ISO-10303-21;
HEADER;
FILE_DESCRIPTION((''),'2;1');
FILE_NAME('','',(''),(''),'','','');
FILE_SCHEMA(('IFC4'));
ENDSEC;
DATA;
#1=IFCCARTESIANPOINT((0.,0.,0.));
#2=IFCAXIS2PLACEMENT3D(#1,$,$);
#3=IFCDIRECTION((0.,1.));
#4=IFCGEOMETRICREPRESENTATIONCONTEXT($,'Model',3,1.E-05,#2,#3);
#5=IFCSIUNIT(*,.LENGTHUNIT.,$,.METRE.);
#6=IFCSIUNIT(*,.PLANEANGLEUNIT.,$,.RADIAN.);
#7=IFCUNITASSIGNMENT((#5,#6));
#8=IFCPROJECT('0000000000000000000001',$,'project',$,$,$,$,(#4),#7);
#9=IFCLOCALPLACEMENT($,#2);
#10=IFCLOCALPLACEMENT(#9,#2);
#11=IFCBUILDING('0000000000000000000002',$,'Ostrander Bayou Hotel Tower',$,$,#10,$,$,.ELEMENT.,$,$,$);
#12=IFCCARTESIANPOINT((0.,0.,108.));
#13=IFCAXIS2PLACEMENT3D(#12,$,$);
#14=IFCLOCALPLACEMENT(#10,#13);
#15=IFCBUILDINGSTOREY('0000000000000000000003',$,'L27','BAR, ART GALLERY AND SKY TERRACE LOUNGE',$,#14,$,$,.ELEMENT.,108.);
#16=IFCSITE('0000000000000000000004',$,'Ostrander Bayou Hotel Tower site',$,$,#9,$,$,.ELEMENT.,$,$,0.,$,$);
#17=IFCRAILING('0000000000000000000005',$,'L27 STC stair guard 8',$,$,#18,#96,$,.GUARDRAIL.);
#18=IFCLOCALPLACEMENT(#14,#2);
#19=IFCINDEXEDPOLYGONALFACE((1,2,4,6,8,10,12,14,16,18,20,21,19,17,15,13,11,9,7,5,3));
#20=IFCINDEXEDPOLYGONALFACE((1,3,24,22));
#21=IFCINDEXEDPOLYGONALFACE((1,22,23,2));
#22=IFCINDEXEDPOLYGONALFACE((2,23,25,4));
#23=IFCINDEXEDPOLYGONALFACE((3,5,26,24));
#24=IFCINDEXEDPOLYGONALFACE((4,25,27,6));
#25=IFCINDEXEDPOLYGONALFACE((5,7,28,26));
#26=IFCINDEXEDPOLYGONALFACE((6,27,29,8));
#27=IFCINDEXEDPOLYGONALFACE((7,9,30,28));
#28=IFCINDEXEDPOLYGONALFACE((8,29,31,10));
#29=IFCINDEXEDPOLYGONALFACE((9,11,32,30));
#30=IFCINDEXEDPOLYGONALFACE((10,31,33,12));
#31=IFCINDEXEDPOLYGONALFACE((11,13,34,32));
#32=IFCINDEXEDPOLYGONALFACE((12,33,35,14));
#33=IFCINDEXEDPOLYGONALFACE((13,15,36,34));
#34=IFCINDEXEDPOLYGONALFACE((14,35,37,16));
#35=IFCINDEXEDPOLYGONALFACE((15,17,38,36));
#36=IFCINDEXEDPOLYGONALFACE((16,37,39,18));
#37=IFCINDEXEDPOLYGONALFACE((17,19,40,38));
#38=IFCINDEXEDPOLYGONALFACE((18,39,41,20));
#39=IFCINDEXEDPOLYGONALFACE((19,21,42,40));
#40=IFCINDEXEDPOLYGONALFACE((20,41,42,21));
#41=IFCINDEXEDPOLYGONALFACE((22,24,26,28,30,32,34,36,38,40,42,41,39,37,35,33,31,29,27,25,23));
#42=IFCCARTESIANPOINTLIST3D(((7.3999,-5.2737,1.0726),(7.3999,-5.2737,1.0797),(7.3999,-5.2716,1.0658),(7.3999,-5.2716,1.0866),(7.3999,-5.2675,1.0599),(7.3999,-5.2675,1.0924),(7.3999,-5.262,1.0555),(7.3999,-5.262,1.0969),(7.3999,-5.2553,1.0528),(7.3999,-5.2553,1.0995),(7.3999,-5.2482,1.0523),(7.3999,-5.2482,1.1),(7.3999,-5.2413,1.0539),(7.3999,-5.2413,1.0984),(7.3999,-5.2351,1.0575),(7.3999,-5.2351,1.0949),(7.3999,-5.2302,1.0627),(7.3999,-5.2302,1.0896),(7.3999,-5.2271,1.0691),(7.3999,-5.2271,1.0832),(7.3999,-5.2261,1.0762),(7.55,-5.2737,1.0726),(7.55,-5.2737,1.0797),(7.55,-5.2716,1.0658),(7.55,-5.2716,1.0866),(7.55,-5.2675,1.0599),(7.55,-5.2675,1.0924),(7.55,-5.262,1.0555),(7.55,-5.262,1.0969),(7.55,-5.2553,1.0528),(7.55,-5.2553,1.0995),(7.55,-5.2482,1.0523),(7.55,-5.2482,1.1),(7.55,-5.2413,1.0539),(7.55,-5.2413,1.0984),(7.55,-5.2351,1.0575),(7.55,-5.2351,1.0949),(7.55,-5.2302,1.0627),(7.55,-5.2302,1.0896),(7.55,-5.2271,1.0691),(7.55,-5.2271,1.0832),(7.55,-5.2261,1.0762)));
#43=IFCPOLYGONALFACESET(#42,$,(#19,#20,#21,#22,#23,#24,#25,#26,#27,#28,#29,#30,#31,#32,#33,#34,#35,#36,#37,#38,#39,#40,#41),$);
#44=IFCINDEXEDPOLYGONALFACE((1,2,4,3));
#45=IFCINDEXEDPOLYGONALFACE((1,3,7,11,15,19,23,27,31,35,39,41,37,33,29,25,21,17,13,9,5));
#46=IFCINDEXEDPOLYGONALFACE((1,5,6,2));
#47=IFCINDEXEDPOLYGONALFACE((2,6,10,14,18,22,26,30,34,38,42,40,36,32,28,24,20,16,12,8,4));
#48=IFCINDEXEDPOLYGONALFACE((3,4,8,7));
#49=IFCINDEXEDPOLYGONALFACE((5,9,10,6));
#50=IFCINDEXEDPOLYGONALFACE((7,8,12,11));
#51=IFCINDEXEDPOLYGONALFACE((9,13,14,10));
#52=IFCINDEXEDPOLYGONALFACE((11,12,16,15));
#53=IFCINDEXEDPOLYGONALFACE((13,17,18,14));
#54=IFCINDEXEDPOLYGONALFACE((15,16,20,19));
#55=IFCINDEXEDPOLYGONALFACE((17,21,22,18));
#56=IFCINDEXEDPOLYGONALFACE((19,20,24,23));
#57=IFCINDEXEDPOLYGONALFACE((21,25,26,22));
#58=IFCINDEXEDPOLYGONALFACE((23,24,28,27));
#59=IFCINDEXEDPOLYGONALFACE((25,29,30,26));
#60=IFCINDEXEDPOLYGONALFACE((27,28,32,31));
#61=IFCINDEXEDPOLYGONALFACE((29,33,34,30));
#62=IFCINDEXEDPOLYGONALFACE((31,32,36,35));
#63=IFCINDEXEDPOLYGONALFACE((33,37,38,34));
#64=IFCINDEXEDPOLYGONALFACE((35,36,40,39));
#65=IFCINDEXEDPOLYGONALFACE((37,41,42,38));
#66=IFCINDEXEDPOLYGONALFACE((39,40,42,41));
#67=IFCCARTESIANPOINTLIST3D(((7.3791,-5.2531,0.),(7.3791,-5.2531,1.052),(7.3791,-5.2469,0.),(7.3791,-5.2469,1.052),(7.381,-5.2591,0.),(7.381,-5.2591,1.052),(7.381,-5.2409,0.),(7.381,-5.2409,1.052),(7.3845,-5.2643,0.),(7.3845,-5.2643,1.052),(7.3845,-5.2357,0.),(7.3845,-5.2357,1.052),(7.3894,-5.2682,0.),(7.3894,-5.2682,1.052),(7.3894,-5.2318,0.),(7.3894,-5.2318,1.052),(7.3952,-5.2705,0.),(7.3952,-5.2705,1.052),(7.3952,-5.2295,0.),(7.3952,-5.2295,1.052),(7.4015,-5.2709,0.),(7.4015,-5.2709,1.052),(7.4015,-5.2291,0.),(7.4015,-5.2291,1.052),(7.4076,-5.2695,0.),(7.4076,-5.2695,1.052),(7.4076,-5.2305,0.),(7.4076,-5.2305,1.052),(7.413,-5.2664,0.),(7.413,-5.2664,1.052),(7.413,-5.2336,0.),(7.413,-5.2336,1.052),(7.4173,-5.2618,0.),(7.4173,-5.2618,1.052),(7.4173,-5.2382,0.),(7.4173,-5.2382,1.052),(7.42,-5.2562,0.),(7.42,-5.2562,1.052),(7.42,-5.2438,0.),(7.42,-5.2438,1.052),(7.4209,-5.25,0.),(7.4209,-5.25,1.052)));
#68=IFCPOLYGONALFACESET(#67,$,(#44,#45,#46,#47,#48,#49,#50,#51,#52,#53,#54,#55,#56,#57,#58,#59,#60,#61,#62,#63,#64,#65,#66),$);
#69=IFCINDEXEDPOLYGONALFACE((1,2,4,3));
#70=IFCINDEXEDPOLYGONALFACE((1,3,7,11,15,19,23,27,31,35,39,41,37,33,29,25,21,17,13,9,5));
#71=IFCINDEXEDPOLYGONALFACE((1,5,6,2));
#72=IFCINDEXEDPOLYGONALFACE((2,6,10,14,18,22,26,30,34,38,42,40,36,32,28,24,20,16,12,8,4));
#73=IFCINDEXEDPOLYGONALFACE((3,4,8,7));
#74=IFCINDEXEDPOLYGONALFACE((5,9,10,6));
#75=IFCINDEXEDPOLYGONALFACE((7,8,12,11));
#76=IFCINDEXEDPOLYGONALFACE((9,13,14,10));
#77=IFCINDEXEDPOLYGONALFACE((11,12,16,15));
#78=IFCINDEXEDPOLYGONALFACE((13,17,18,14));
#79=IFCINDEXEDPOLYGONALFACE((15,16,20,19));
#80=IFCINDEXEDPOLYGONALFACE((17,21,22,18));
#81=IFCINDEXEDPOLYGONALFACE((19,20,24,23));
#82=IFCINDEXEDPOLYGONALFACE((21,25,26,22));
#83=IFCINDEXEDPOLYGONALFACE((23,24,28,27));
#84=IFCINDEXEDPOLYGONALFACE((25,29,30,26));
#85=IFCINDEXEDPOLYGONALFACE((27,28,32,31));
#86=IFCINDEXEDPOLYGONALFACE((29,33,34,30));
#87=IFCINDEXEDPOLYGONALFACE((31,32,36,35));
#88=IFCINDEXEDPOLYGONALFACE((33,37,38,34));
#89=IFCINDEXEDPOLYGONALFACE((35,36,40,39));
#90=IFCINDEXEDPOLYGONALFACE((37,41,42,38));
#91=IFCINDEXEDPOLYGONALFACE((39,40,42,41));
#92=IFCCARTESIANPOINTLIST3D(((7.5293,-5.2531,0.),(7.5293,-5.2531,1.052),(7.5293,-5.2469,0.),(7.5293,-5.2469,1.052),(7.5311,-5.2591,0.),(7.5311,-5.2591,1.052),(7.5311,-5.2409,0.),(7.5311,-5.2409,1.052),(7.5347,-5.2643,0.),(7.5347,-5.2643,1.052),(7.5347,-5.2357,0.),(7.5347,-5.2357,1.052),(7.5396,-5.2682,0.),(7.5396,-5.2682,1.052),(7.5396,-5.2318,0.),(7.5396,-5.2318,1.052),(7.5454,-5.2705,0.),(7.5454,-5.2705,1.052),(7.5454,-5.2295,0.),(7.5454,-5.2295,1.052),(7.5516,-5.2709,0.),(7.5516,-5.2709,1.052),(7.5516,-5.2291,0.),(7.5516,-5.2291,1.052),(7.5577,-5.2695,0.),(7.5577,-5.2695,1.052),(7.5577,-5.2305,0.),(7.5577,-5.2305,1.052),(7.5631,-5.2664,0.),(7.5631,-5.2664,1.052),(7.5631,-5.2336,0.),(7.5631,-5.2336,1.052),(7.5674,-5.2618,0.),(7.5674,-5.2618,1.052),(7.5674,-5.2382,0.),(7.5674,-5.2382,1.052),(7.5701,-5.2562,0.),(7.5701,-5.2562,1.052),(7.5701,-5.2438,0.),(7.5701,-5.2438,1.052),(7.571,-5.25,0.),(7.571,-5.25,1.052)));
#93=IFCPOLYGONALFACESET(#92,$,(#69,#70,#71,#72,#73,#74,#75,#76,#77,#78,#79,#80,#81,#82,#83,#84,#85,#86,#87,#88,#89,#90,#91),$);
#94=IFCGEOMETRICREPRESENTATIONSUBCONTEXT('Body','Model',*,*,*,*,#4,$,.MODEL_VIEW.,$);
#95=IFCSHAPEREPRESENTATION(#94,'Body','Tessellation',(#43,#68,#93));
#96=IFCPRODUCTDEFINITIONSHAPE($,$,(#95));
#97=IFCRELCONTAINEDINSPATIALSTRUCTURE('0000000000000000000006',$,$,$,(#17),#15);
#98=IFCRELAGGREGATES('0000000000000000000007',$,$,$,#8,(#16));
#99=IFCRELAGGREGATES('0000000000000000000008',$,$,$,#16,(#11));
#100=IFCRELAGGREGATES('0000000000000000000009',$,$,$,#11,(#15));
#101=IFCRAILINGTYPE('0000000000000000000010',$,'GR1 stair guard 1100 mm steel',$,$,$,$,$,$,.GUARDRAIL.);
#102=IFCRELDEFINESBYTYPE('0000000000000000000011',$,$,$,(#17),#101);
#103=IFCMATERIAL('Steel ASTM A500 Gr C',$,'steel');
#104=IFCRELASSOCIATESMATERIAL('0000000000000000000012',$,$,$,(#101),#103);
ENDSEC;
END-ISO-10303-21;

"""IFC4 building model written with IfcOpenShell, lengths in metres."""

from ifc_helpers import new_model, si_unit, direction, frame, origin, origin_2d, place, context, subcontext, project, spatial, circle, extrude, material, type_object, element, save


model = new_model("IFC4")

# Units and contexts
model_context = context("Model", 3, precision=1e-05, world=origin(), true_north=direction((0.0, 1.0)))
body_context = subcontext(model_context, "Body", "Model", "MODEL_VIEW")
ifc_project = project(units=[si_unit("LENGTHUNIT", "METRE"), si_unit("PLANEANGLEUNIT", "RADIAN")], contexts=[model_context])

# Site, building, storey
site_placement = place(None, origin())
site = spatial("IfcSite", under=ifc_project, at=site_placement, Name="Ostrander Bayou Hotel Tower site", CompositionType="ELEMENT", RefElevation=0.0)
building_placement = place(site_placement, origin())
building = spatial("IfcBuilding", under=site, at=building_placement, Name="Ostrander Bayou Hotel Tower", CompositionType="ELEMENT")
storey_placement = place(building_placement, frame((0.0, 0.0, 108.0)))
storey = spatial("IfcBuildingStorey", under=building, at=storey_placement, Name="L27", Description="BAR, ART GALLERY AND SKY TERRACE LOUNGE", CompositionType="ELEMENT", Elevation=108.0)

# Railing
ifc_material_1 = material(Name="Steel ASTM A500 Gr C", Category="steel")
railing_type_1 = type_object("IfcRailingType", Name="GR1 stair guard 1100 mm steel", PredefinedType="GUARDRAIL", material=ifc_material_1)
railing_1_placement = place(storey_placement, frame((7.3999, -5.25, 0.0)))
element("IfcRailing", 1, at=railing_1_placement, inside=storey, type_object=railing_type_1, Name="L27 STC stair guard 8", PredefinedType="GUARDRAIL", context=body_context, shape_type="SweptSolid", body=[
    extrude(circle(Radius=0.0239, at=origin_2d()), frame((0.0, 0.0, 1.0762), z_axis=(1.0, 0.0, 0.0), x_axis=(0.0, 1.0, 0.0)), (0.0, 0.0, 1.0), 0.1501),
    extrude(circle(Radius=0.021, at=origin_2d()), origin(), (0.0, 0.0, 1.0), 1.052),
    extrude(circle(Radius=0.021, at=origin_2d()), frame((0.1501, 0.0, 0.0)), (0.0, 0.0, 1.0), 1.052),
])

save(model, "model.ifc")
